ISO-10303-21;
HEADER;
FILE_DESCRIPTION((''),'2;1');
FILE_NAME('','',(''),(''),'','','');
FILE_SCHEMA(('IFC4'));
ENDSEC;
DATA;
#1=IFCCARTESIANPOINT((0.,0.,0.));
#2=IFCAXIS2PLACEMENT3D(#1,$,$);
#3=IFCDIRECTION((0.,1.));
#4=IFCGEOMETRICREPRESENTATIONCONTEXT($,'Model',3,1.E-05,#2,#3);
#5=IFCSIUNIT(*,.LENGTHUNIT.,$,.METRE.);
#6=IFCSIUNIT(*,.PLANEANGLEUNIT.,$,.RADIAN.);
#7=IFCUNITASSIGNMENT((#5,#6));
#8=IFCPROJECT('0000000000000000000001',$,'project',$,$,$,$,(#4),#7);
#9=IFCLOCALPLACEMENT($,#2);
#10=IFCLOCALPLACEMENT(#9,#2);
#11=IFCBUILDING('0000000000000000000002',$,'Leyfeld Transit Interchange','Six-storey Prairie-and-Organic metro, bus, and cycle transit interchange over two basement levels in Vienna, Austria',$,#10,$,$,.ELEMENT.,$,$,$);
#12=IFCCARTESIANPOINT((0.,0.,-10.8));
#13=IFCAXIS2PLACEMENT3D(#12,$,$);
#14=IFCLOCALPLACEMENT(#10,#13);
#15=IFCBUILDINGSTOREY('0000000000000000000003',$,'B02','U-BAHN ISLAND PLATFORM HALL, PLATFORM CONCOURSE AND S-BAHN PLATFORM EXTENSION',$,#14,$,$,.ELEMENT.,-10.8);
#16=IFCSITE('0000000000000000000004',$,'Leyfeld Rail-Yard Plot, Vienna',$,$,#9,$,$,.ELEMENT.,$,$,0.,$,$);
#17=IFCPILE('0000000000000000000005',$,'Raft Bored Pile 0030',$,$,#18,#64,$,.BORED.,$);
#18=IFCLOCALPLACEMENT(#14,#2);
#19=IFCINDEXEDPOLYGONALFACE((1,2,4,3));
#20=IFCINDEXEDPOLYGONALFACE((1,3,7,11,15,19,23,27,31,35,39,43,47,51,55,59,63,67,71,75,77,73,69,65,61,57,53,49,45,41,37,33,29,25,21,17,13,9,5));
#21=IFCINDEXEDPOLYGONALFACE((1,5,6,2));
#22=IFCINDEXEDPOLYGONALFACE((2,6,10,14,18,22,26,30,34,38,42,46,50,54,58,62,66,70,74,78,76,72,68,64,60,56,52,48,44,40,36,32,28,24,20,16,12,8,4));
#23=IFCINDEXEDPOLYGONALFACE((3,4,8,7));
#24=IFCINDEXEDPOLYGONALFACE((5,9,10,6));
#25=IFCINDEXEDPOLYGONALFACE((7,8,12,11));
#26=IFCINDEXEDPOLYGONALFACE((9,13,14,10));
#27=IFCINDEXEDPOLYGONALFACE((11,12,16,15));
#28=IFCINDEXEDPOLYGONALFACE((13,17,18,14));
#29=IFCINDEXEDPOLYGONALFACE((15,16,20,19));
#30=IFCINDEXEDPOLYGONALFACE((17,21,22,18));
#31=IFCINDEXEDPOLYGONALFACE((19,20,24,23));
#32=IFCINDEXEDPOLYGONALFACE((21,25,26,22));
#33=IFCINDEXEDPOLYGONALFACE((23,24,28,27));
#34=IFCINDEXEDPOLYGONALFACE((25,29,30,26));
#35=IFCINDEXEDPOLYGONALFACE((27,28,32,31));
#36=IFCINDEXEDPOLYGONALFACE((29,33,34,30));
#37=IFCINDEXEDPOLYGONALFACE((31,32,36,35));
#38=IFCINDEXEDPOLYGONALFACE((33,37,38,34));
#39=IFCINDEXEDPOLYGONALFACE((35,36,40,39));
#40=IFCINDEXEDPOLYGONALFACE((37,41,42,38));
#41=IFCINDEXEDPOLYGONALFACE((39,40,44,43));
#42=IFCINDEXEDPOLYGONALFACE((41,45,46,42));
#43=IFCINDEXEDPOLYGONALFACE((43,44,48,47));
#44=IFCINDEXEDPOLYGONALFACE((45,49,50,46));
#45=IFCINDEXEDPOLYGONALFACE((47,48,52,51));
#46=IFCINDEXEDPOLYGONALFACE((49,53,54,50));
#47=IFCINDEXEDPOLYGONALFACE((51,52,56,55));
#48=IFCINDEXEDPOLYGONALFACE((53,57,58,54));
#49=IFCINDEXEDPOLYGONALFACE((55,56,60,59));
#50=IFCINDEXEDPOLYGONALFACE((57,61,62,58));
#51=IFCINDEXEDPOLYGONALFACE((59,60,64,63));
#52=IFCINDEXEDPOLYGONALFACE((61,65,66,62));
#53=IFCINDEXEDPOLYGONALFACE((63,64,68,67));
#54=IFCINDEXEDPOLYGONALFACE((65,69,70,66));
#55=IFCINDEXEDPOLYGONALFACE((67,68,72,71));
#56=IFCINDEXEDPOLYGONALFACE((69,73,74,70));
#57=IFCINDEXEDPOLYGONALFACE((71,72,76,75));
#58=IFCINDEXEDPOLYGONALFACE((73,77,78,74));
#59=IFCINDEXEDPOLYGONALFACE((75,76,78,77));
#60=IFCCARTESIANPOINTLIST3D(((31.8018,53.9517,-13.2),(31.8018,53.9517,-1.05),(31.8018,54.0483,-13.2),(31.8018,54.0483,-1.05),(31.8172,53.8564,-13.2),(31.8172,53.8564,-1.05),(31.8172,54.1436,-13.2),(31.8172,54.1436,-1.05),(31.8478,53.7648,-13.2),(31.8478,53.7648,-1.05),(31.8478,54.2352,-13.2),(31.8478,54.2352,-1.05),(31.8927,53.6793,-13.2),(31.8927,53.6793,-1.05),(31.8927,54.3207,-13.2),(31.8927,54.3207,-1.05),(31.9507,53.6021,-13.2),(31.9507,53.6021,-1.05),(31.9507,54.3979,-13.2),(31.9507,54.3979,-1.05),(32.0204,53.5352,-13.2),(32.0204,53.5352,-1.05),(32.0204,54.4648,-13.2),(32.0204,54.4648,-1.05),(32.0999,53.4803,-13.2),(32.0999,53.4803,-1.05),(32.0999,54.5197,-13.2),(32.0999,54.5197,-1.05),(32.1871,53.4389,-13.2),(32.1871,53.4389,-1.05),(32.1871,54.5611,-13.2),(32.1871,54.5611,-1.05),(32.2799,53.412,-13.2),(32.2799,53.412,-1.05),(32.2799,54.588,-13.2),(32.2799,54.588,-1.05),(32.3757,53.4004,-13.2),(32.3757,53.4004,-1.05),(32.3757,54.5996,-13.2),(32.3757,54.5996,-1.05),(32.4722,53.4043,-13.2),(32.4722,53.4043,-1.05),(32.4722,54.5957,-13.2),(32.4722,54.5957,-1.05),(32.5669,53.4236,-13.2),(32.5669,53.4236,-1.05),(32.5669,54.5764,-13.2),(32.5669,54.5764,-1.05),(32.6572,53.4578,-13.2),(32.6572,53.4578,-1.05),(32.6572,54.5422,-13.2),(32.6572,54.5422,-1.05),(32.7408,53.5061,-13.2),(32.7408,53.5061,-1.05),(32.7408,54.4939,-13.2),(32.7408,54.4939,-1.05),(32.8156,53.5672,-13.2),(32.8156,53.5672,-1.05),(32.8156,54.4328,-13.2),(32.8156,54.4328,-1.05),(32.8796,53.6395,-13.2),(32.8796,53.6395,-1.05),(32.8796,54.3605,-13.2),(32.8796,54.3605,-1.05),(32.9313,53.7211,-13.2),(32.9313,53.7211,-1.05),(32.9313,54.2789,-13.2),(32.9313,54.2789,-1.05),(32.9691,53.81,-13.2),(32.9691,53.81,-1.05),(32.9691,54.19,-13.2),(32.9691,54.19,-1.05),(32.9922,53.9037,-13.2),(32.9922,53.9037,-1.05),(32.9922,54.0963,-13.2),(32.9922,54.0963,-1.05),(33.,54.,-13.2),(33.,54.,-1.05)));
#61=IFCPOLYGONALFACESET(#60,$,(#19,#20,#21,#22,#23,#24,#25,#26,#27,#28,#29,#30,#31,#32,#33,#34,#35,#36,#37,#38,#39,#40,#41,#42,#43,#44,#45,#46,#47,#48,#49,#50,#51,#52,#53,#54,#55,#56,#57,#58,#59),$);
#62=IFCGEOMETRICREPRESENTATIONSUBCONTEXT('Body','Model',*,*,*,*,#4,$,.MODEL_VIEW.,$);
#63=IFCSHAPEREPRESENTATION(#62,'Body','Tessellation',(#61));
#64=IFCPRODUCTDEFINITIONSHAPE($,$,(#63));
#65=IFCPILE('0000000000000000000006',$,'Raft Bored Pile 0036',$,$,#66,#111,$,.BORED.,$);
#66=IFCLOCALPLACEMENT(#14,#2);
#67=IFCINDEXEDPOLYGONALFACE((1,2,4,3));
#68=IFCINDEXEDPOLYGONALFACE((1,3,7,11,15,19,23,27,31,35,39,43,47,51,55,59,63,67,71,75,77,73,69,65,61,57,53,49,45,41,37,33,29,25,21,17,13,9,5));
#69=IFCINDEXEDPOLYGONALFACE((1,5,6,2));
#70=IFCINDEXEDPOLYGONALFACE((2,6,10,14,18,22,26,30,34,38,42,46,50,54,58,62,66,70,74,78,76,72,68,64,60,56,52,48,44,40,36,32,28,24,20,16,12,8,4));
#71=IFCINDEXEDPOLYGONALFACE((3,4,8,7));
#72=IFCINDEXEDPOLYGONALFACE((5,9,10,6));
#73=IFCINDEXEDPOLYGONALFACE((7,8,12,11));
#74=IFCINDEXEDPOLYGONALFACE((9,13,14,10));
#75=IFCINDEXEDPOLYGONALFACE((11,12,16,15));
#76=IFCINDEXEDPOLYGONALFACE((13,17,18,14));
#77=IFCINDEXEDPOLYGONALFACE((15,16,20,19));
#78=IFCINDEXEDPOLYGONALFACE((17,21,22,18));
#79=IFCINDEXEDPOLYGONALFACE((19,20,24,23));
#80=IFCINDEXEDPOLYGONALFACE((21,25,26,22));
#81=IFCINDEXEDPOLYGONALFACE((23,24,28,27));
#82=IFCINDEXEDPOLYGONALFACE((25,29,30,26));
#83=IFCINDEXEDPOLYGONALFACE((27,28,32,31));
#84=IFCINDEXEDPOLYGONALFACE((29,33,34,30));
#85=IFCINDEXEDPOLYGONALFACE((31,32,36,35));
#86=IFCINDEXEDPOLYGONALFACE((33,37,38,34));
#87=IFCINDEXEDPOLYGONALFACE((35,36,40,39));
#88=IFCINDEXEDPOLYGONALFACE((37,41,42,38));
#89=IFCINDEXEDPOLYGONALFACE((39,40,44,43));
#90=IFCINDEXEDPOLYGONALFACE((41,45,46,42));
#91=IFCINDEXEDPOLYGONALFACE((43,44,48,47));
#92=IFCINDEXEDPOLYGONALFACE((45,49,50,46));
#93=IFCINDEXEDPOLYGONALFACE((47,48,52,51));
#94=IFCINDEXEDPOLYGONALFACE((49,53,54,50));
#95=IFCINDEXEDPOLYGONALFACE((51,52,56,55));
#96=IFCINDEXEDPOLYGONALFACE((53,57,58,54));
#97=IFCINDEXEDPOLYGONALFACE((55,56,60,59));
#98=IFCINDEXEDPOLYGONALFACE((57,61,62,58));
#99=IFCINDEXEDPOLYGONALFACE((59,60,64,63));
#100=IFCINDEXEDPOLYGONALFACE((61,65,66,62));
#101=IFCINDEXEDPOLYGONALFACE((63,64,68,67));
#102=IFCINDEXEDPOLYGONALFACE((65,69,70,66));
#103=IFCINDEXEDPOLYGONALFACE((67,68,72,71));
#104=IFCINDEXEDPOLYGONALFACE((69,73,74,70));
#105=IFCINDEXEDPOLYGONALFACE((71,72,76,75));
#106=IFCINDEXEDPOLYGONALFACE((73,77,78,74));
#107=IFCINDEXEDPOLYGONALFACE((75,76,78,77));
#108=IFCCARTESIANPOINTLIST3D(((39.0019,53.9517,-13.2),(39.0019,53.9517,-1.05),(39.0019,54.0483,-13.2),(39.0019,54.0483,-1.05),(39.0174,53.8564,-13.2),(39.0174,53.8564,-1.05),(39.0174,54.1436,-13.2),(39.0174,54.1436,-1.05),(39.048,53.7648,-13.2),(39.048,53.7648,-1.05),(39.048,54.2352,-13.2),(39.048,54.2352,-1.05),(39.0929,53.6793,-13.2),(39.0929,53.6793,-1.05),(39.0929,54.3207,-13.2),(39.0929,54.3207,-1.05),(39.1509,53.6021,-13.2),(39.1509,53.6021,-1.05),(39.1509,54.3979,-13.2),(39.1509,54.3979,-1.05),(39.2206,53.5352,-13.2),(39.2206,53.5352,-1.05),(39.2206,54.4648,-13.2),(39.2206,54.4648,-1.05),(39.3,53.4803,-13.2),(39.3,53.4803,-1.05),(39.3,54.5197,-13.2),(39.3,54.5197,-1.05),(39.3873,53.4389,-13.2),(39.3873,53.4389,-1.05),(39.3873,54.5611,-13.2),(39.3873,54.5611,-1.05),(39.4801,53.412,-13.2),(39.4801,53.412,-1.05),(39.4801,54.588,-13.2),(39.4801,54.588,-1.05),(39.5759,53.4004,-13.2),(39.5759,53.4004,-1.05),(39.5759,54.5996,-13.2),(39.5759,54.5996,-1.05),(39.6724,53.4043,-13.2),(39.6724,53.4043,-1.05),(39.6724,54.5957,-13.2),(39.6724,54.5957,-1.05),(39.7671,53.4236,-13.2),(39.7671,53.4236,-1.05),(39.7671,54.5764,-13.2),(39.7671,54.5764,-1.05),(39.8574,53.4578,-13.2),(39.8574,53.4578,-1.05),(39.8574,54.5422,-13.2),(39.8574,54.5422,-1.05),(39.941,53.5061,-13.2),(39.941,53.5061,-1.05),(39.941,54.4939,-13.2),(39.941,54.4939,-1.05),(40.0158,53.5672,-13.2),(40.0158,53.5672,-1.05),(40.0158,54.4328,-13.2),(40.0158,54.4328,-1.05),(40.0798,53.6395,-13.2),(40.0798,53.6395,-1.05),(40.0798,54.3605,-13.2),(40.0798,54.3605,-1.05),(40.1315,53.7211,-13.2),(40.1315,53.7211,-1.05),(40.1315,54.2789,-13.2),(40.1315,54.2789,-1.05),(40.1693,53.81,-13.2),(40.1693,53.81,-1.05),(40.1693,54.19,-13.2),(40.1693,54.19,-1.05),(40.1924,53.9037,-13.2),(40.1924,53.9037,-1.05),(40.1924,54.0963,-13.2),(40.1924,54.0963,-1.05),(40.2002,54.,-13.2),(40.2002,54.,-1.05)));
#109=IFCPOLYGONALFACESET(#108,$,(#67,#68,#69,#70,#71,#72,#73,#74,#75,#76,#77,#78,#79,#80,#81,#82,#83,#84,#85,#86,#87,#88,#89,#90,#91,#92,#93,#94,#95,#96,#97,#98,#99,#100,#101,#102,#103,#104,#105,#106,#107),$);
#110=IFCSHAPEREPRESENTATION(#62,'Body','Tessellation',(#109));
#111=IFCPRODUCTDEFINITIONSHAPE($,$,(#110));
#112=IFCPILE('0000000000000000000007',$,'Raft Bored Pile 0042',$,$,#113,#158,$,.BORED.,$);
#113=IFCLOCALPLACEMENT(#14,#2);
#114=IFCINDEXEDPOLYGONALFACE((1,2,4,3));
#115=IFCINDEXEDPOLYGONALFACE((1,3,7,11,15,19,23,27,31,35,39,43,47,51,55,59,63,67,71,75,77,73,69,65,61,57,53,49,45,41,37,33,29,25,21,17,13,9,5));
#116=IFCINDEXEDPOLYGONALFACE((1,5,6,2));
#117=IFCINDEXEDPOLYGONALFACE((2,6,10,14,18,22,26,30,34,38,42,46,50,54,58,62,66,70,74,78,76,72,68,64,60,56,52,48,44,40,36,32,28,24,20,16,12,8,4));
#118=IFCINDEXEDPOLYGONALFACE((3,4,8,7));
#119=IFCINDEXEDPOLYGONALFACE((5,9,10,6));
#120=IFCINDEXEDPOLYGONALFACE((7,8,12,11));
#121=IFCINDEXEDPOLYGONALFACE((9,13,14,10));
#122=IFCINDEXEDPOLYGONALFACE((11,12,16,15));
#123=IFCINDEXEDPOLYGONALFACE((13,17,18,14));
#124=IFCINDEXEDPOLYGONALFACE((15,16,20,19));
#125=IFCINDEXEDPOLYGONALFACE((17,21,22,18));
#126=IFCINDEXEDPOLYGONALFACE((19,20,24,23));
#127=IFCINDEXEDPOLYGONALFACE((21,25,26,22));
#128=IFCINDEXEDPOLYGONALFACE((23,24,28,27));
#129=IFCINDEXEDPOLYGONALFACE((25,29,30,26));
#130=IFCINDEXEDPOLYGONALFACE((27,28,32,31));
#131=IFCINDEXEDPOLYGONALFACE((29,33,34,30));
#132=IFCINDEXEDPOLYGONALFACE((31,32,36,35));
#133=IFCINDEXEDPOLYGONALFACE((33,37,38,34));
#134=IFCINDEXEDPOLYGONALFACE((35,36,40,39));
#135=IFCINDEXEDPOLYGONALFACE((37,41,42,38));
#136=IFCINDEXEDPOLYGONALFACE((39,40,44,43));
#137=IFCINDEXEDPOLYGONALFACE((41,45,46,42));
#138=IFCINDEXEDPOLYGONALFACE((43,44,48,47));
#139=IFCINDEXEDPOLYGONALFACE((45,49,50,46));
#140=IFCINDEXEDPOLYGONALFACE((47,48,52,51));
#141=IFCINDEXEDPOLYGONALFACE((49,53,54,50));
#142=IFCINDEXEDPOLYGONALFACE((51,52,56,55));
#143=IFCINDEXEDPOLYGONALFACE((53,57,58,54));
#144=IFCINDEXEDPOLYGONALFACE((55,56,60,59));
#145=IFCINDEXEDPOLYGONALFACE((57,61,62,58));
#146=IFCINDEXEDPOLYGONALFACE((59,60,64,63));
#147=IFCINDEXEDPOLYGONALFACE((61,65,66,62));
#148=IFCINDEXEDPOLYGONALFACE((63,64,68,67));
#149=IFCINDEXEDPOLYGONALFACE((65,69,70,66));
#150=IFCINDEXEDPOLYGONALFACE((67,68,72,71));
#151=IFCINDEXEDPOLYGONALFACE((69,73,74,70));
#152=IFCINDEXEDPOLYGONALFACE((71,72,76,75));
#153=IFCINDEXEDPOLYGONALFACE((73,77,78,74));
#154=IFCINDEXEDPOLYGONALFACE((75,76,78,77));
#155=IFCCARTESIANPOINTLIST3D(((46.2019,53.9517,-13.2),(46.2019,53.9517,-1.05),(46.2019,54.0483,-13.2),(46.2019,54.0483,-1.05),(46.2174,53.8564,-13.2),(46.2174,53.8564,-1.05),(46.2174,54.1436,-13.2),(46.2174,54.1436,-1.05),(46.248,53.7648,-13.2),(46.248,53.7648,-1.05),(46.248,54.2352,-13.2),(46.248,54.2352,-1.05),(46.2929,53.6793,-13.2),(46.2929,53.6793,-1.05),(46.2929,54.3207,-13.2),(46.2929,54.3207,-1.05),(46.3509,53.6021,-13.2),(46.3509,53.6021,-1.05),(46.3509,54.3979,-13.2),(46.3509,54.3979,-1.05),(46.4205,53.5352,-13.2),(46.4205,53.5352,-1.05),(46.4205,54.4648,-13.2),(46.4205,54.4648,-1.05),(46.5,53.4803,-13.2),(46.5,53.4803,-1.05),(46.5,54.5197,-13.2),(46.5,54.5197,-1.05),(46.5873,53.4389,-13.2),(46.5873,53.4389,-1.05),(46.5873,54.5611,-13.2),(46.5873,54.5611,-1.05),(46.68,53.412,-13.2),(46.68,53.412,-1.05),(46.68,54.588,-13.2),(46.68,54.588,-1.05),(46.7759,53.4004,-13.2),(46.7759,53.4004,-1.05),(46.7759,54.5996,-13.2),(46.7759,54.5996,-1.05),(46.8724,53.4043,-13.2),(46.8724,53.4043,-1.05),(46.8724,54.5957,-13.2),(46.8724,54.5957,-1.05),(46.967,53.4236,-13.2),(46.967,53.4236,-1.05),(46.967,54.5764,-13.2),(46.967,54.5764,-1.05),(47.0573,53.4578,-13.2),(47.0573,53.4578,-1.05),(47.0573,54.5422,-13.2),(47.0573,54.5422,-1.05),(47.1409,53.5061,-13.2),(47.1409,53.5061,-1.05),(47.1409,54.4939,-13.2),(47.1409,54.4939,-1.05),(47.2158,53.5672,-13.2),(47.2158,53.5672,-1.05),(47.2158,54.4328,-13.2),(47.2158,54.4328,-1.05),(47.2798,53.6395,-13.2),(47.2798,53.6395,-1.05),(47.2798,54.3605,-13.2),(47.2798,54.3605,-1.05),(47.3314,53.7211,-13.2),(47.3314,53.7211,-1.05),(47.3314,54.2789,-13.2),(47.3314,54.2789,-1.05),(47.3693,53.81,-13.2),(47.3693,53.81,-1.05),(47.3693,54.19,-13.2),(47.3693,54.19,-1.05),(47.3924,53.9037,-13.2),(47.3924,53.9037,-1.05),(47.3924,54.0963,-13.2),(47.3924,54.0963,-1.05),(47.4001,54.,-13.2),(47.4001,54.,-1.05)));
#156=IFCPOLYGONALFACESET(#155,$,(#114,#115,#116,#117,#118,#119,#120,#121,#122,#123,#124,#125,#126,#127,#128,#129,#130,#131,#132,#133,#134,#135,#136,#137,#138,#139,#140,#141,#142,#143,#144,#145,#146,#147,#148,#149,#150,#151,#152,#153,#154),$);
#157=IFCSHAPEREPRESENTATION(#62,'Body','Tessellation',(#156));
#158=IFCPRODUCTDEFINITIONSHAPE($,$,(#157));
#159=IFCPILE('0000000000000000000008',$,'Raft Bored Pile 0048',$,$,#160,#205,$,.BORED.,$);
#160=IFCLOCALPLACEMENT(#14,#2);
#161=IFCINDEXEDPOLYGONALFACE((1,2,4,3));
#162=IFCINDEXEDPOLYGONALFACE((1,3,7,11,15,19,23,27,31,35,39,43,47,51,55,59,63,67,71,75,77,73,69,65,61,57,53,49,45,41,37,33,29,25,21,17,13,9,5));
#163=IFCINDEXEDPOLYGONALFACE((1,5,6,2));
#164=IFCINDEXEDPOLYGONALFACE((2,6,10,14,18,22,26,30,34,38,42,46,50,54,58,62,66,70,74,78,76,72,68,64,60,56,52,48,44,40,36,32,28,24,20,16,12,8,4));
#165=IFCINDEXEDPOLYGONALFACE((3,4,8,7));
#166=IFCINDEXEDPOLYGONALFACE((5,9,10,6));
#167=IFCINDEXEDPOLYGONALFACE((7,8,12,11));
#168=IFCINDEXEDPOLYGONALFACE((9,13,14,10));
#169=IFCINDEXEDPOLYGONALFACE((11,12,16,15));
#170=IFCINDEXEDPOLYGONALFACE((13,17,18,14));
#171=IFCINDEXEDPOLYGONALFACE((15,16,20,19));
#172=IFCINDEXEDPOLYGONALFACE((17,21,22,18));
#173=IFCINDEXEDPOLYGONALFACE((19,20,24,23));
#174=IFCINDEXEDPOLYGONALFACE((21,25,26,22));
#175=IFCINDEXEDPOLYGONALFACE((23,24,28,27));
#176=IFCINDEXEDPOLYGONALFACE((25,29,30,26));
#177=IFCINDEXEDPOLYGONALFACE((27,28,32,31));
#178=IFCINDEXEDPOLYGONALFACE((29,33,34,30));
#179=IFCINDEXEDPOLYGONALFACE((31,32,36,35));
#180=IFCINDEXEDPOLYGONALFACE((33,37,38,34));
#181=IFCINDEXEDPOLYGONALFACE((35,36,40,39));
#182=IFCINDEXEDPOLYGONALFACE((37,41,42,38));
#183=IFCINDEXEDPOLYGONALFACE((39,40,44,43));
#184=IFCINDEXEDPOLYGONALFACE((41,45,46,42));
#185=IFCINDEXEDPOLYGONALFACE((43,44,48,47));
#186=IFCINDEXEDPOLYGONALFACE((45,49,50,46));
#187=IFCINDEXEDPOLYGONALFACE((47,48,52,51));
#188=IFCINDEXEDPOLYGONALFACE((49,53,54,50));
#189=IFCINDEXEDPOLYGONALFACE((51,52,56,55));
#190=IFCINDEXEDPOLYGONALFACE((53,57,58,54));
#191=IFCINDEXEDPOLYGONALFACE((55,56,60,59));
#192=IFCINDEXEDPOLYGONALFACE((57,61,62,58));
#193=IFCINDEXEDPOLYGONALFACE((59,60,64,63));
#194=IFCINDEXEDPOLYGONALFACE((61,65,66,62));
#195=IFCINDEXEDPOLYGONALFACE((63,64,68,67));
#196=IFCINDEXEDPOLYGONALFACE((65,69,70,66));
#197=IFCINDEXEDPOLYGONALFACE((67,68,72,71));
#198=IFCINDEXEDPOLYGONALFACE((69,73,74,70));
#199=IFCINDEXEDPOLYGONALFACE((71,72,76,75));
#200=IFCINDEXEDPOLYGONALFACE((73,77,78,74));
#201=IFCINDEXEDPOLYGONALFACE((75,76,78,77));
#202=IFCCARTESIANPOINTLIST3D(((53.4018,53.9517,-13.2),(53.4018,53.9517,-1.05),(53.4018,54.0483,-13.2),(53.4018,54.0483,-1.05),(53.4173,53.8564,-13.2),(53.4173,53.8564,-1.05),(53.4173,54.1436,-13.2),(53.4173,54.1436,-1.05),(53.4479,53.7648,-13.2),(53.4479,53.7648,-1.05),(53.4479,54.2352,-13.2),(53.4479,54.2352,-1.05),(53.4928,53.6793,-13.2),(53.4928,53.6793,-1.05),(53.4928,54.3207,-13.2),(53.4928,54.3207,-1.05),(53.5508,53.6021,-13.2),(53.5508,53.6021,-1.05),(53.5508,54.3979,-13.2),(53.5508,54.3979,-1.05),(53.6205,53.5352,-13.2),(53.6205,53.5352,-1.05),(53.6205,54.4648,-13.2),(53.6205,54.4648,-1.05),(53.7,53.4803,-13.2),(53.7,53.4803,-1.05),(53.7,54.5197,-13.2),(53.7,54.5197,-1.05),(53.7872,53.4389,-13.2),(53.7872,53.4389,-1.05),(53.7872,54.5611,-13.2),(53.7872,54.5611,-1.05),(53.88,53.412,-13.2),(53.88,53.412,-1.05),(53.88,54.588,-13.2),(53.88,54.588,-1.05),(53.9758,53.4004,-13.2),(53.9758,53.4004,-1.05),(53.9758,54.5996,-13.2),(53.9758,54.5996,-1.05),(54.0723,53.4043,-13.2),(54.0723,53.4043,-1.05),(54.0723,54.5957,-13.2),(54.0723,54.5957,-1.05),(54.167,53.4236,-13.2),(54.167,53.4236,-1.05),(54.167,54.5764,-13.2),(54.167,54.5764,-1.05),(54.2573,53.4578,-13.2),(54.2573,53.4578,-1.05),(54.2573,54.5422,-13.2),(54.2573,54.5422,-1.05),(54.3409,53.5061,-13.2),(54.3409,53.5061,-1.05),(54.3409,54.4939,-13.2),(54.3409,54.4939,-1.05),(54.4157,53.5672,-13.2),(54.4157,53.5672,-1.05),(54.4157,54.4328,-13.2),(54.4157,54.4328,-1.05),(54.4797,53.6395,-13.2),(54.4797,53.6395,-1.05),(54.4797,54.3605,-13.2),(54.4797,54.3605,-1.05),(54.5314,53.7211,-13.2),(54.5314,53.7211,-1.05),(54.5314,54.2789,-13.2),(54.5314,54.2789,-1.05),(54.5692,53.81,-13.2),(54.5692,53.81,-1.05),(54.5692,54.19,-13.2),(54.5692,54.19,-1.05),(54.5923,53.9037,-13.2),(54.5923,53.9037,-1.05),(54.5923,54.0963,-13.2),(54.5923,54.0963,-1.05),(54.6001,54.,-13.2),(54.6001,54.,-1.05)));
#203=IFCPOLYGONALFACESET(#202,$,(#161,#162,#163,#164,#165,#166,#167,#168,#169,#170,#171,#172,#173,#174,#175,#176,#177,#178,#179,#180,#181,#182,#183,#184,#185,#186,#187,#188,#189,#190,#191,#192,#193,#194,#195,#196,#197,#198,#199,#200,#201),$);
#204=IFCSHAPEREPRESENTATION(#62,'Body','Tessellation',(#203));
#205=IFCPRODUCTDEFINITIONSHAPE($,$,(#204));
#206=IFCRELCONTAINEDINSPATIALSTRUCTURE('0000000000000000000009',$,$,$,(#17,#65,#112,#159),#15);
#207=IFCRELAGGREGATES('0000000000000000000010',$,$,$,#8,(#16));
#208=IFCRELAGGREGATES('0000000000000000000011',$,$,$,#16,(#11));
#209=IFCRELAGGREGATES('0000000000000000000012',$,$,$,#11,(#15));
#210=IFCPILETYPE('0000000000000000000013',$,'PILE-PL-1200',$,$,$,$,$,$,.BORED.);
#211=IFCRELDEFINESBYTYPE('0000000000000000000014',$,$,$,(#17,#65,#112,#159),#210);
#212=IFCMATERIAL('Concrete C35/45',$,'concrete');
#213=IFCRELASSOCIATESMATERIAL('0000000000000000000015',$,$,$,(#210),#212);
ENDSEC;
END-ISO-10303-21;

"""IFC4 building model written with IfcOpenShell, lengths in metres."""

from ifc_helpers import new_model, si_unit, direction, frame, origin, origin_2d, place, context, subcontext, project, spatial, circle, extrude, material, material_profile, profile_set, type_object, element, save


model = new_model("IFC4")

# Units and contexts
model_context = context("Model", 3, precision=1e-05, world=origin(), true_north=direction((0.0, 1.0)))
body_context = subcontext(model_context, "Body", "Model", "MODEL_VIEW")
ifc_project = project(units=[si_unit("LENGTHUNIT", "METRE"), si_unit("PLANEANGLEUNIT", "RADIAN")], contexts=[model_context])

# Site, building, storey
site_placement = place(None, origin())
site = spatial("IfcSite", under=ifc_project, at=site_placement, Name="Leyfeld Rail-Yard Plot, Vienna", CompositionType="ELEMENT", RefElevation=0.0)
building_placement = place(site_placement, origin())
building = spatial("IfcBuilding", under=site, at=building_placement, Name="Leyfeld Transit Interchange", Description="Six-storey Prairie-and-Organic metro, bus, and cycle transit interchange over two basement levels in Vienna, Austria", CompositionType="ELEMENT")
storey_placement = place(building_placement, frame((0.0, 0.0, -10.8)))
storey = spatial("IfcBuildingStorey", under=building, at=storey_placement, Name="B02", Description="U-BAHN ISLAND PLATFORM HALL, PLATFORM CONCOURSE AND S-BAHN PLATFORM EXTENSION", CompositionType="ELEMENT", Elevation=-10.8)

# Piles
ifc_material_1 = material(Name="Concrete C35/45", Category="concrete")
ifc_material_profile_1 = material_profile(ifc_material_1, circle(Radius=0.6001, at=origin_2d()), Name="PILE D1200")
ifc_profile_set_1 = profile_set([ifc_material_profile_1], Name="Concrete C35/45")
pile_type = type_object("IfcPileType", Name="PILE-PL-1200", PredefinedType="BORED", material=ifc_profile_set_1)
for number, where, z_axis, x_axis, name in (
    (1, (32.3999, 54.0, -1.05), (0.0, 0.0, -1.0), (1.0, 0.0, 0.0), "Raft Bored Pile 0030"),
    (2, (39.6001, 54.0, -1.05), (0.0, 0.0, -1.0), (1.0, 0.0, 0.0), "Raft Bored Pile 0036"),
    (3, (46.8, 54.0, -1.05), (0.0, 0.0, -1.0), (1.0, 0.0, 0.0), "Raft Bored Pile 0042"),
    (4, (54.0, 54.0, -1.05), (0.0, 0.0, -1.0), (1.0, 0.0, 0.0), "Raft Bored Pile 0048"),
):
    element("IfcPile", number, at=place(storey_placement, frame(where, z_axis=z_axis, x_axis=x_axis)), inside=storey, type_object=pile_type, Name=name, PredefinedType="BORED", context=body_context, shape_type="SweptSolid", body=[
        extrude(circle(Radius=0.6001, at=origin_2d()), origin(), (0.0, 0.0, 1.0), 12.1499),
    ])

save(model, "model.ifc")
